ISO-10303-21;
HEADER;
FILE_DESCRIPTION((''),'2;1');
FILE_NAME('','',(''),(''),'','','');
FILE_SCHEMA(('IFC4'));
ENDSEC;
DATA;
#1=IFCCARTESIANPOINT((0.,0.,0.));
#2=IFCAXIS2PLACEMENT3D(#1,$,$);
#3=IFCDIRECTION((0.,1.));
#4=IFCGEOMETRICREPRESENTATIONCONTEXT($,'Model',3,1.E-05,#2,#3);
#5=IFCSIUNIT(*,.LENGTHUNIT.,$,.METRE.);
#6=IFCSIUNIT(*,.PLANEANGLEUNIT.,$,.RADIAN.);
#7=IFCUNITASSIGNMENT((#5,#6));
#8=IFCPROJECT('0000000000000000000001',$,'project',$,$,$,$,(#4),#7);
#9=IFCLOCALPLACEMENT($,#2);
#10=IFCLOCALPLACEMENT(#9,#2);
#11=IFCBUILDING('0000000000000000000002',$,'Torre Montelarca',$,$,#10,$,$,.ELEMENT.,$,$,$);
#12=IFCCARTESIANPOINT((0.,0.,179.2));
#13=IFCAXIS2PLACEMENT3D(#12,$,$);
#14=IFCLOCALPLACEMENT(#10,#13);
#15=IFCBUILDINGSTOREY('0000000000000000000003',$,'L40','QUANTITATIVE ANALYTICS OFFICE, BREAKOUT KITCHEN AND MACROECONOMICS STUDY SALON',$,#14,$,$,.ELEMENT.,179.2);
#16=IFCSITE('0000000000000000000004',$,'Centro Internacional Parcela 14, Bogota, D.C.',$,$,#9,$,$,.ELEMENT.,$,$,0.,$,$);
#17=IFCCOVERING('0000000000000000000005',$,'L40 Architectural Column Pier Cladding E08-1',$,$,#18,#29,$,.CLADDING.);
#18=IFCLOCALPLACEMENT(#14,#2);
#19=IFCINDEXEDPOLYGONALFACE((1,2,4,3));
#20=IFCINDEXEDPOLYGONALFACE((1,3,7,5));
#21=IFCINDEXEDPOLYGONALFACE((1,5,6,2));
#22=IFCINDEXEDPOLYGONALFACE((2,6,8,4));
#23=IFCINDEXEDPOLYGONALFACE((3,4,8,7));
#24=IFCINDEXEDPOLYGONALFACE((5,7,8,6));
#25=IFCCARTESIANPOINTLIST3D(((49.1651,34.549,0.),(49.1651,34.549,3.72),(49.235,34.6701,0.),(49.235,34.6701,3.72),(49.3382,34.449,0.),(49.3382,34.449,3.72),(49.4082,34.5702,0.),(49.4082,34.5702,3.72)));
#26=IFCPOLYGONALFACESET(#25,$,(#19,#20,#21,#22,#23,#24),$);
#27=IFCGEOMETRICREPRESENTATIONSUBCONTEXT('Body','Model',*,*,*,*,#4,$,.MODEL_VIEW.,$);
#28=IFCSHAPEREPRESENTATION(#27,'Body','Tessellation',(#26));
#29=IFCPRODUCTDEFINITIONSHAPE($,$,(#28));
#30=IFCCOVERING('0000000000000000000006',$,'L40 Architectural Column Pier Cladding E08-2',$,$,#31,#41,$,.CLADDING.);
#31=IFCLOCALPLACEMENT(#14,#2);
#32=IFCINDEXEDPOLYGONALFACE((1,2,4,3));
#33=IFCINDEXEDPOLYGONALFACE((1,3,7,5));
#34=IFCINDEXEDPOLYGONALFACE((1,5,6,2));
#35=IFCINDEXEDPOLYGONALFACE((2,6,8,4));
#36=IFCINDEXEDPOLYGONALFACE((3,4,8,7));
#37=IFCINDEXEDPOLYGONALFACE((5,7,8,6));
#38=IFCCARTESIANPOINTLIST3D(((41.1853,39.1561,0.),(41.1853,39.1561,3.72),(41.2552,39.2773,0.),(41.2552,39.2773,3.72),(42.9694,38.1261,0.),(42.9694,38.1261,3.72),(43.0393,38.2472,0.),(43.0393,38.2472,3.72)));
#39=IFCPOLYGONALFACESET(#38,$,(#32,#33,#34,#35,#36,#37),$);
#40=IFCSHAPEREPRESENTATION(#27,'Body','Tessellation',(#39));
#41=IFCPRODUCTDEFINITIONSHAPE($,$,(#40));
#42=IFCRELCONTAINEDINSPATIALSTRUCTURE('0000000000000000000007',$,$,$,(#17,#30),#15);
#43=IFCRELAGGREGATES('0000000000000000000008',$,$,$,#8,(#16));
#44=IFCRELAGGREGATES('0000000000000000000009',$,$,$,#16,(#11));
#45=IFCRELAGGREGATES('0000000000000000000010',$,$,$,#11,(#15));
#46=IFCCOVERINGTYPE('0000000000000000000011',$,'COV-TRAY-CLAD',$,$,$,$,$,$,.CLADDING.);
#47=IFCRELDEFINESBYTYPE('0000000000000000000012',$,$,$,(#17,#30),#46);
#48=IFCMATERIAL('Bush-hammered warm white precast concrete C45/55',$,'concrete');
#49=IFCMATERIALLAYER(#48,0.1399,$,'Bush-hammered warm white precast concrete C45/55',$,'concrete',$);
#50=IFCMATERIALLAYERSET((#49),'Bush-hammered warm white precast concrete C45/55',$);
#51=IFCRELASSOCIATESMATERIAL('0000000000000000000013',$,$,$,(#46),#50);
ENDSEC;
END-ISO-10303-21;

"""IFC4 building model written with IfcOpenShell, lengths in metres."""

from ifc_helpers import new_model, si_unit, direction, frame, origin, origin_2d, place, context, subcontext, project, spatial, rectangle, extrude, source, transform, mapped, material, layer, layer_set, type_object, element, save


model = new_model("IFC4")

# Units and contexts
model_context = context("Model", 3, precision=1e-05, world=origin(), true_north=direction((0.0, 1.0)))
body_context = subcontext(model_context, "Body", "Model", "MODEL_VIEW")
ifc_project = project(units=[si_unit("LENGTHUNIT", "METRE"), si_unit("PLANEANGLEUNIT", "RADIAN")], contexts=[model_context])

# Site, building, storey
site_placement = place(None, origin())
site = spatial("IfcSite", under=ifc_project, at=site_placement, Name="Centro Internacional Parcela 14, Bogota, D.C.", CompositionType="ELEMENT", RefElevation=0.0)
building_placement = place(site_placement, origin())
building = spatial("IfcBuilding", under=site, at=building_placement, Name="Torre Montelarca", CompositionType="ELEMENT")
storey_placement = place(building_placement, frame((0.0, 0.0, 179.2)))
storey = spatial("IfcBuildingStorey", under=building, at=storey_placement, Name="L40", Description="QUANTITATIVE ANALYTICS OFFICE, BREAKOUT KITCHEN AND MACROECONOMICS STUDY SALON", CompositionType="ELEMENT", Elevation=179.2)

# Coverings
ifc_material_1 = material(Name="Bush-hammered warm white precast concrete C45/55", Category="concrete")
ifc_layer_1 = layer(ifc_material_1, 0.1399, Name="Bush-hammered warm white precast concrete C45/55", Category="concrete")
ifc_layer_set_1 = layer_set([ifc_layer_1], Name="Bush-hammered warm white precast concrete C45/55")
covering_type = type_object("IfcCoveringType", Name="COV-TRAY-CLAD", PredefinedType="CLADDING", material=ifc_layer_set_1)
shared_shape_1 = source(origin(), body_context, "Body", "SweptSolid", [
    extrude(rectangle(XDim=0.2, YDim=0.1399, at=origin_2d()), origin(), (0.0, 0.0, 1.0), 3.72),
])
for number, where, z_axis, x_axis, name in (
    (1, (49.2866, 34.5596, 0.0), (0.0, 0.0, 1.0), (-0.866025, 0.5, 0.0), "L40 Architectural Column Pier Cladding E08-1"),
):
    element("IfcCovering", number, at=place(storey_placement, frame(where, z_axis=z_axis, x_axis=x_axis)), inside=storey, type_object=covering_type, Name=name, PredefinedType="CLADDING", context=body_context, shape_type="MappedRepresentation", body=[
        mapped(shared_shape_1, transform((0.0, 0.0, 0.0), scale=1.0)),
    ])
shared_shape_2 = source(origin(), body_context, "Body", "SweptSolid", [
    extrude(rectangle(XDim=2.0601, YDim=0.1399, at=origin_2d()), origin(), (0.0, 0.0, 1.0), 3.72),
])
covering_1_placement = place(storey_placement, frame((42.1123, 38.7017, 0.0), z_axis=(0.0, 0.0, 1.0), x_axis=(-0.866025, 0.5, 0.0)))
element("IfcCovering", 2, at=covering_1_placement, inside=storey, type_object=covering_type, Name="L40 Architectural Column Pier Cladding E08-2", PredefinedType="CLADDING", context=body_context, shape_type="MappedRepresentation", body=[
    mapped(shared_shape_2, transform((0.0, 0.0, 0.0), scale=1.0)),
])

save(model, "model.ifc")
